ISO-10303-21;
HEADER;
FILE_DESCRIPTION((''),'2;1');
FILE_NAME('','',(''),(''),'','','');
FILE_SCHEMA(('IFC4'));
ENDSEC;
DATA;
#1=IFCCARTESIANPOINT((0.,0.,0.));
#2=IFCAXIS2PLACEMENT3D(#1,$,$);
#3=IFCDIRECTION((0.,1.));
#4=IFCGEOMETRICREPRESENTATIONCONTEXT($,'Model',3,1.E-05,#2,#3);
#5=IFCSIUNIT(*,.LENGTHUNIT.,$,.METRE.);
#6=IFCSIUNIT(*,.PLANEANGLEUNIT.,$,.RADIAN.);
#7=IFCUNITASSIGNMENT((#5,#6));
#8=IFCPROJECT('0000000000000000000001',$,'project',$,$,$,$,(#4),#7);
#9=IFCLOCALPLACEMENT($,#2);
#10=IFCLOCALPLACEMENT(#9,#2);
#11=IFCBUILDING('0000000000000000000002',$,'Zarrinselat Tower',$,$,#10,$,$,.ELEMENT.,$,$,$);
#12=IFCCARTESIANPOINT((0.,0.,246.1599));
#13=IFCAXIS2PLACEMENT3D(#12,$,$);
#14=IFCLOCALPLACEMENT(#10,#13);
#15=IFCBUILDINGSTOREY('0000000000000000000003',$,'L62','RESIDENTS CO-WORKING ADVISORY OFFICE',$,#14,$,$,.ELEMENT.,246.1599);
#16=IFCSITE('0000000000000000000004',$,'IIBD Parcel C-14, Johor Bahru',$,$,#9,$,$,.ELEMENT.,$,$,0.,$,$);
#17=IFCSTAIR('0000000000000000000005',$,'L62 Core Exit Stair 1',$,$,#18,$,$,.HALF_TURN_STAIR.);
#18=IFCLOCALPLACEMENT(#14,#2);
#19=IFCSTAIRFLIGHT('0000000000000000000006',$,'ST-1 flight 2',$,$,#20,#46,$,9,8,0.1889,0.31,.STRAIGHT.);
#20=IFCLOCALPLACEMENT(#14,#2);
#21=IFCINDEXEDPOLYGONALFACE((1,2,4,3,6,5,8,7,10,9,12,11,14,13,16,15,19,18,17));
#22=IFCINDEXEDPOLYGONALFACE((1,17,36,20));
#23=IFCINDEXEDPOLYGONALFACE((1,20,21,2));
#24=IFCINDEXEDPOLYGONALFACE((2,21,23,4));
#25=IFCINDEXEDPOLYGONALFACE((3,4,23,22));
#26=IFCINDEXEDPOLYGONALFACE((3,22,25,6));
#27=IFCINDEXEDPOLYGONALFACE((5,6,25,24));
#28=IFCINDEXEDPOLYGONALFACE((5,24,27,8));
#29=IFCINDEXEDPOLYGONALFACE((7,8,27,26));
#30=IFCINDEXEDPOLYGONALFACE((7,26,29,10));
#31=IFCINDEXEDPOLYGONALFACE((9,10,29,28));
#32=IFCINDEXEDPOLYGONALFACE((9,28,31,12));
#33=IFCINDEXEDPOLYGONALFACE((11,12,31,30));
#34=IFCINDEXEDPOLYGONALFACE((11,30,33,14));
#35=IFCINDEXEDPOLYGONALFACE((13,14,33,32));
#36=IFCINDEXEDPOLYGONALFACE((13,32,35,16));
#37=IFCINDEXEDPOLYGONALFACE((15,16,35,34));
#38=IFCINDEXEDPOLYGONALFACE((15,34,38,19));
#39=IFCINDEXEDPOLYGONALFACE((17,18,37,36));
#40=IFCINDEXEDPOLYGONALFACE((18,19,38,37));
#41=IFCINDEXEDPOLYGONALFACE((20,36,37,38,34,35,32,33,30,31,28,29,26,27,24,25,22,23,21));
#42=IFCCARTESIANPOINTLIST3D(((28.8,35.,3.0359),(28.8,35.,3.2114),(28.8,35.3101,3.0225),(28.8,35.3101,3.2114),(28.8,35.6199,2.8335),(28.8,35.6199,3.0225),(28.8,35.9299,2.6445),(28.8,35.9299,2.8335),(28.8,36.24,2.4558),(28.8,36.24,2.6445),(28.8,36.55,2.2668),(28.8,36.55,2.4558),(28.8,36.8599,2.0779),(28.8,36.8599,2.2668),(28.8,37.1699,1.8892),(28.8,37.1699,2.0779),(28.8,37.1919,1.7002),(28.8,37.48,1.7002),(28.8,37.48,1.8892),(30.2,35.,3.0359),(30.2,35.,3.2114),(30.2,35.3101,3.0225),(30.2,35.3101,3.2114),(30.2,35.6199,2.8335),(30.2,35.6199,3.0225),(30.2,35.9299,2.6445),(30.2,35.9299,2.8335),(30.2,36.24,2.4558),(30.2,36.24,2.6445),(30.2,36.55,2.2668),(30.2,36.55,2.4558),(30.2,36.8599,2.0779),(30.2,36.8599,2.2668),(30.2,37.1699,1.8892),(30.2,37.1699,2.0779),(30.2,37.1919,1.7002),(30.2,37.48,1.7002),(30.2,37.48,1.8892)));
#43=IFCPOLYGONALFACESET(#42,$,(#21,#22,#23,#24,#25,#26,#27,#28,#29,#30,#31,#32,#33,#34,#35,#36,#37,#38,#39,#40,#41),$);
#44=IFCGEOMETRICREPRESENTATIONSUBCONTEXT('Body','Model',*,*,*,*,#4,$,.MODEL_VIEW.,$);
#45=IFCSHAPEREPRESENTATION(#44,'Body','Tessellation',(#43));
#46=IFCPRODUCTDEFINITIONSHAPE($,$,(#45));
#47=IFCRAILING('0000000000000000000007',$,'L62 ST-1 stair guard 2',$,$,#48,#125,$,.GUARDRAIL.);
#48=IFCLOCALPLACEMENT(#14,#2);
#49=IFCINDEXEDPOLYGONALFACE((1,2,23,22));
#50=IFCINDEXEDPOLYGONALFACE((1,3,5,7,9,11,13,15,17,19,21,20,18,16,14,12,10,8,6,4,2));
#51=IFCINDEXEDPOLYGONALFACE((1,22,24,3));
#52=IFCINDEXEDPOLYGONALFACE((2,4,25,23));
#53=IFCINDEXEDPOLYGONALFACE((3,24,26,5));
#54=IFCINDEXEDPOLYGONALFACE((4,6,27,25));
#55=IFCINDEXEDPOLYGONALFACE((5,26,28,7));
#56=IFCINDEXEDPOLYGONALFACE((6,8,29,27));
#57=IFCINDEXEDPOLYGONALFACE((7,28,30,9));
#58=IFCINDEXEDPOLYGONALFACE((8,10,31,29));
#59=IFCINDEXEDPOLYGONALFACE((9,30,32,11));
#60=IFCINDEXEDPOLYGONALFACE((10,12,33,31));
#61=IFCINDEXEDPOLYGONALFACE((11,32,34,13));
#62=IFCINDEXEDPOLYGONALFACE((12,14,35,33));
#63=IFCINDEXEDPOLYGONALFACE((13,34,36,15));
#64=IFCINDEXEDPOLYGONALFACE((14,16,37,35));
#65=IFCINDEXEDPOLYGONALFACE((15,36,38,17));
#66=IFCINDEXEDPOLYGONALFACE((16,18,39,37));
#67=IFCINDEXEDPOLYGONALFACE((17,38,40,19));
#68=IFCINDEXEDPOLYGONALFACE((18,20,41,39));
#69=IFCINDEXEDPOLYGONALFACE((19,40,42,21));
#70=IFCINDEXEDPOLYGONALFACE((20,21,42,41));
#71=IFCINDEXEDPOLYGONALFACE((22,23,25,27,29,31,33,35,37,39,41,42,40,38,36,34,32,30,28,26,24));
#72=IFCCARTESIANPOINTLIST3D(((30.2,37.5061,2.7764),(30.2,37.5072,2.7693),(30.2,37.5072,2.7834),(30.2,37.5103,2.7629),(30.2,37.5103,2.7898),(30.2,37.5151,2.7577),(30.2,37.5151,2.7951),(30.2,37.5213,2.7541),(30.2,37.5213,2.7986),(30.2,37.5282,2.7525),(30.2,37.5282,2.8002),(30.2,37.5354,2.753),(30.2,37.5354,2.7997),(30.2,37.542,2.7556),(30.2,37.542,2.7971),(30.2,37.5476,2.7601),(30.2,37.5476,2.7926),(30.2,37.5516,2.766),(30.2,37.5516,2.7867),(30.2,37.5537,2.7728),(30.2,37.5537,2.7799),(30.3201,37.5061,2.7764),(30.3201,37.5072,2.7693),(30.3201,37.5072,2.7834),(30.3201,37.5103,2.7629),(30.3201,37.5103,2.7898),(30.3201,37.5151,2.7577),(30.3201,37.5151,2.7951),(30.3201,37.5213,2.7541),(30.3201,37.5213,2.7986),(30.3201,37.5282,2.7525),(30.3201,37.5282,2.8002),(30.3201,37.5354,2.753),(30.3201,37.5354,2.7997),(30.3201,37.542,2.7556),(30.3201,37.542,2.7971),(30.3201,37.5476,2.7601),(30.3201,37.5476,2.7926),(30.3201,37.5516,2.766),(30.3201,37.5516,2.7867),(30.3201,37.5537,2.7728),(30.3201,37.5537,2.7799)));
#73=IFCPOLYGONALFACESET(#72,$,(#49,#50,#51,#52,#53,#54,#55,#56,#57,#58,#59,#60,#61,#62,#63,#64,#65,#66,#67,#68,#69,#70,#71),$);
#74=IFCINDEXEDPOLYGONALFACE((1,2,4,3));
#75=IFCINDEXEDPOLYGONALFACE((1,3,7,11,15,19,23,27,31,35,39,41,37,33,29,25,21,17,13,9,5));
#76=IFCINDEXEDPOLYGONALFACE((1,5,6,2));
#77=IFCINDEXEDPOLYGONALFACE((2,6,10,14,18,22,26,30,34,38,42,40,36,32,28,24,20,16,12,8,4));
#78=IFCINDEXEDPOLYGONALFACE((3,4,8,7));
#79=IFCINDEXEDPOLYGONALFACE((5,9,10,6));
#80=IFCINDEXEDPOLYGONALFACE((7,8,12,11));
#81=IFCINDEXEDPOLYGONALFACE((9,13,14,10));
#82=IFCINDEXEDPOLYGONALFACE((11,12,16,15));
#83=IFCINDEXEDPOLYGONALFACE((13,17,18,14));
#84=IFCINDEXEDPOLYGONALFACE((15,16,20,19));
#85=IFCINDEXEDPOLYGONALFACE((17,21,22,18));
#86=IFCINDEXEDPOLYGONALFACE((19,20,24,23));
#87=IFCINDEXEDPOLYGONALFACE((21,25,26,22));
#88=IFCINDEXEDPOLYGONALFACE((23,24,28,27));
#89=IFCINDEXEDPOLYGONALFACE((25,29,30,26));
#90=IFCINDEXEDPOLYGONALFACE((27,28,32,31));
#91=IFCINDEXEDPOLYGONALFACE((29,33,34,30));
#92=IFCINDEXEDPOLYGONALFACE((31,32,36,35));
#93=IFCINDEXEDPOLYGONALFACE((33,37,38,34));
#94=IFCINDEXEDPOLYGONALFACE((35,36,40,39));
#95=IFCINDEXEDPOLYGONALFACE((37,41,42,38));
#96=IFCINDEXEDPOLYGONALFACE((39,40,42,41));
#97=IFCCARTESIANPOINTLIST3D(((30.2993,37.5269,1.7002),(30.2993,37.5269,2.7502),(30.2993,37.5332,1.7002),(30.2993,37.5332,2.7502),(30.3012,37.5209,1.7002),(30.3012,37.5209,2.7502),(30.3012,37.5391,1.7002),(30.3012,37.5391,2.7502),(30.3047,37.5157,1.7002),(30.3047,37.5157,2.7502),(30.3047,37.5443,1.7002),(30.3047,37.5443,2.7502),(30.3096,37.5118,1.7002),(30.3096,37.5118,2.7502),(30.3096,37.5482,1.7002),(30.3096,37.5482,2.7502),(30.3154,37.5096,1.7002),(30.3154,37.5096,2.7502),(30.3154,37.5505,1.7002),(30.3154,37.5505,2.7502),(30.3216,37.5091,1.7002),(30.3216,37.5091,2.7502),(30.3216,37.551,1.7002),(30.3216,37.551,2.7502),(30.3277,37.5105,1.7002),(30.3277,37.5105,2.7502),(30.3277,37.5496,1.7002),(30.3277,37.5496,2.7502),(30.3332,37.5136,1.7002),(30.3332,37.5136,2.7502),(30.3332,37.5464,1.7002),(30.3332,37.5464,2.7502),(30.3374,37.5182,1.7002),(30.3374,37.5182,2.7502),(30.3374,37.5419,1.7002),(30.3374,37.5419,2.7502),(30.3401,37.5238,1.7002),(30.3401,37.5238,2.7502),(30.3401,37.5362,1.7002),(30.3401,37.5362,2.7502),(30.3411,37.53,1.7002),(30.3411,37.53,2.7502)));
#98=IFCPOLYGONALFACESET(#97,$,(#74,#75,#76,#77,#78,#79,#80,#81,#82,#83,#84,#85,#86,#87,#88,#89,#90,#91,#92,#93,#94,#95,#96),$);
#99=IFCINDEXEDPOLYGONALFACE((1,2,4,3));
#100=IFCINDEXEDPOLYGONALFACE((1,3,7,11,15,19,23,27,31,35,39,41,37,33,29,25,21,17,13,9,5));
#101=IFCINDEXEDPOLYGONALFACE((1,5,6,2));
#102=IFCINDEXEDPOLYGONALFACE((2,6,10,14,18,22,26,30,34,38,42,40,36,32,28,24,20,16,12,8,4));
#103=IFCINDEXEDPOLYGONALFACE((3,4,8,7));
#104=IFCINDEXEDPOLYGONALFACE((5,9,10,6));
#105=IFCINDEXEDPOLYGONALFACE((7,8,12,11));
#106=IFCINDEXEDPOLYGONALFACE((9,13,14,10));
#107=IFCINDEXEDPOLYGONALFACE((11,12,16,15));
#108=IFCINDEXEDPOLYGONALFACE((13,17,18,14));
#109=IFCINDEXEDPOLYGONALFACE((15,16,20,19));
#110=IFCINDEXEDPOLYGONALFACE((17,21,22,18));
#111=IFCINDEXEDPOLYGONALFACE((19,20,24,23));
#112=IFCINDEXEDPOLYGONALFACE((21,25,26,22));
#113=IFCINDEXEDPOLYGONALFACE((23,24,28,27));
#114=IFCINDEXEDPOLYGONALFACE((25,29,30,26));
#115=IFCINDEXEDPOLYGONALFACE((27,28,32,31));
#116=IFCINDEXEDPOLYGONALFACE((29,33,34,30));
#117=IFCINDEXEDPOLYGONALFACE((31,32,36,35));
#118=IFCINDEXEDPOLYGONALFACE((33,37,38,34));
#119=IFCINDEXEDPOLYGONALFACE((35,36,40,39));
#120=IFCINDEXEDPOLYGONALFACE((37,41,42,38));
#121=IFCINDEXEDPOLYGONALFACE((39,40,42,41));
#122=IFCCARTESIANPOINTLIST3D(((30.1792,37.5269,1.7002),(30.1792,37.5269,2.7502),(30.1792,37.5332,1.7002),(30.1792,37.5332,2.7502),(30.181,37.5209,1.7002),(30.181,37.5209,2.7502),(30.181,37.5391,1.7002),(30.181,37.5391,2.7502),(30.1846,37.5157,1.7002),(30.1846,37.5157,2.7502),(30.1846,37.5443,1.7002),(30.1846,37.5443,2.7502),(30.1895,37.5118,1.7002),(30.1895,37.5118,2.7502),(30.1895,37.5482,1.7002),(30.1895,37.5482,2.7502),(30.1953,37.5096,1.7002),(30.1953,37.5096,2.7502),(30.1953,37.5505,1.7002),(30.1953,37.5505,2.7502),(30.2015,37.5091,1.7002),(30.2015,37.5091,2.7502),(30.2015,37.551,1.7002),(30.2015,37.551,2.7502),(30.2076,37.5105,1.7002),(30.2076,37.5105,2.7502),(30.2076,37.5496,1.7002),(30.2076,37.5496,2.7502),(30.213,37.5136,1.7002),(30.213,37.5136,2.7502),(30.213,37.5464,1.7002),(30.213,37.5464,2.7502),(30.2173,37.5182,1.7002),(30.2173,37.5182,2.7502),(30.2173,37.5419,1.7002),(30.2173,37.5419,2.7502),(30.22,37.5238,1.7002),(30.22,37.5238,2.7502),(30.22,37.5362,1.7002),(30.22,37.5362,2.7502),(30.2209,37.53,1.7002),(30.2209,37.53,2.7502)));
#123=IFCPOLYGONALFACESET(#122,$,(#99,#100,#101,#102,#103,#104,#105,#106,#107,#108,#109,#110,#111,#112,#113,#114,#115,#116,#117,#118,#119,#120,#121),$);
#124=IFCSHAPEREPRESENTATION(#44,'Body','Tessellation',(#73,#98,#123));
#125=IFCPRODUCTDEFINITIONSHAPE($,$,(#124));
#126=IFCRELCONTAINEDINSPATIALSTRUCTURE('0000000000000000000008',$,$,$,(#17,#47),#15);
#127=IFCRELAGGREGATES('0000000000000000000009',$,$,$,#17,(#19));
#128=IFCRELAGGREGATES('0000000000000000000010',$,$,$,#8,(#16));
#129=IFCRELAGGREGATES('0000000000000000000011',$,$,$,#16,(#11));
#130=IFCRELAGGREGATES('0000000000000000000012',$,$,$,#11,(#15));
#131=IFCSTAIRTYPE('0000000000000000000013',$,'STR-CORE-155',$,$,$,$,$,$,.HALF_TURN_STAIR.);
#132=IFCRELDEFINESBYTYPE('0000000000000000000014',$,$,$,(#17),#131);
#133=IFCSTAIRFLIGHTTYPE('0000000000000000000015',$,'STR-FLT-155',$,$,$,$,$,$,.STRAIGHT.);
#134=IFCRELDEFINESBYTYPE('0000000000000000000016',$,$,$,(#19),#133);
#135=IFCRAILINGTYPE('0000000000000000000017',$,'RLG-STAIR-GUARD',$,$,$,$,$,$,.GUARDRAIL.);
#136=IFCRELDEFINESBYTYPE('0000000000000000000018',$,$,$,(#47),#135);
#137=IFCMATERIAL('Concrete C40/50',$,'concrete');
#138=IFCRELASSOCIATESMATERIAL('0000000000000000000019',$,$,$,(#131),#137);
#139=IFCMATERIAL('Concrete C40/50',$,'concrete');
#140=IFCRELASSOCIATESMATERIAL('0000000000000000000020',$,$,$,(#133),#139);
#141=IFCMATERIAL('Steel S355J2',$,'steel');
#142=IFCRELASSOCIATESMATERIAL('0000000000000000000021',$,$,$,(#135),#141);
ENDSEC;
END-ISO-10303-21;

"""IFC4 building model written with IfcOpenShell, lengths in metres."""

from ifc_helpers import new_model, si_unit, direction, frame, origin, origin_2d, place, context, subcontext, project, spatial, polyline, circle, outline, extrude, material, type_object, element, aggregate, save


model = new_model("IFC4")

# Units and contexts
model_context = context("Model", 3, precision=1e-05, world=origin(), true_north=direction((0.0, 1.0)))
body_context = subcontext(model_context, "Body", "Model", "MODEL_VIEW")
ifc_project = project(units=[si_unit("LENGTHUNIT", "METRE"), si_unit("PLANEANGLEUNIT", "RADIAN")], contexts=[model_context])

# Site, building, storey
site_placement = place(None, origin())
site = spatial("IfcSite", under=ifc_project, at=site_placement, Name="IIBD Parcel C-14, Johor Bahru", CompositionType="ELEMENT", RefElevation=0.0)
building_placement = place(site_placement, origin())
building = spatial("IfcBuilding", under=site, at=building_placement, Name="Zarrinselat Tower", CompositionType="ELEMENT")
storey_placement = place(building_placement, frame((0.0, 0.0, 246.1599)))
storey = spatial("IfcBuildingStorey", under=building, at=storey_placement, Name="L62", Description="RESIDENTS CO-WORKING ADVISORY OFFICE", CompositionType="ELEMENT", Elevation=246.1599)

# Stair, stair flight
ifc_material_1 = material(Name="Concrete C40/50", Category="concrete")
stair_type = type_object("IfcStairType", Name="STR-CORE-155", PredefinedType="HALF_TURN_STAIR", material=ifc_material_1)
stair_placement = place(storey_placement, origin())
stair = element("IfcStair", 1, at=stair_placement, inside=storey, type_object=stair_type, Name="L62 Core Exit Stair 1", PredefinedType="HALF_TURN_STAIR")
ifc_material_2 = material(Name="Concrete C40/50", Category="concrete")
stair_flight_type = type_object("IfcStairFlightType", Name="STR-FLT-155", PredefinedType="STRAIGHT", material=ifc_material_2)
stair_flight_placement = place(storey_placement, frame((29.5, 37.48, 1.7002), z_axis=(0.0, 0.0, 1.0), x_axis=(0.0, -1.0, 0.0)))
stair_flight = element("IfcStairFlight", 2, at=stair_flight_placement, type_object=stair_flight_type, Name="ST-1 flight 2", NumberOfRisers=9, NumberOfTreads=8, PredefinedType="STRAIGHT", RiserHeight=0.1889, TreadLength=0.31, context=body_context, shape_type="SweptSolid", body=[
    extrude(outline(polyline([(0.0, 0.0), (0.0, 0.189), (0.3101, 0.189), (0.3101, 0.3777), (0.6201, 0.3777), (0.6201, 0.5667), (0.9299, 0.5667), (0.9299, 0.7556), (1.24, 0.7556), (1.24, 0.9443), (1.55, 0.9443), (1.55, 1.1333), (1.8601, 1.1333), (1.8601, 1.3223), (2.1699, 1.3223), (2.1699, 1.5112), (2.48, 1.5112), (2.48, 1.7), (2.48, 1.3357), (0.2881, 0.0), (0.0, 0.0)])), frame((0.0, 0.7, 0.0), z_axis=(0.0, -1.0, 0.0), x_axis=(1.0, 0.0, 0.0)), (0.0, 0.0, 1.0), 1.3999),
])
aggregate(stair, [stair_flight])

# Railing
ifc_material_3 = material(Name="Steel S355J2", Category="steel")
railing_type_1 = type_object("IfcRailingType", Name="RLG-STAIR-GUARD", PredefinedType="GUARDRAIL", material=ifc_material_3)
railing_1_placement = place(storey_placement, frame((30.3201, 37.53, 1.7002)))
element("IfcRailing", 3, at=railing_1_placement, inside=storey, type_object=railing_type_1, Name="L62 ST-1 stair guard 2", PredefinedType="GUARDRAIL", context=body_context, shape_type="SweptSolid", body=[
    extrude(circle(Radius=0.0239, at=origin_2d()), frame((0.0, 0.0, 1.0762), z_axis=(-1.0, 0.0, 0.0), x_axis=(0.0, -1.0, 0.0)), (0.0, 0.0, 1.0), 0.1201),
    extrude(circle(Radius=0.021, at=origin_2d()), origin(), (0.0, 0.0, 1.0), 1.05),
    extrude(circle(Radius=0.021, at=origin_2d()), frame((-0.1201, 0.0, 0.0)), (0.0, 0.0, 1.0), 1.05),
])

save(model, "model.ifc")
